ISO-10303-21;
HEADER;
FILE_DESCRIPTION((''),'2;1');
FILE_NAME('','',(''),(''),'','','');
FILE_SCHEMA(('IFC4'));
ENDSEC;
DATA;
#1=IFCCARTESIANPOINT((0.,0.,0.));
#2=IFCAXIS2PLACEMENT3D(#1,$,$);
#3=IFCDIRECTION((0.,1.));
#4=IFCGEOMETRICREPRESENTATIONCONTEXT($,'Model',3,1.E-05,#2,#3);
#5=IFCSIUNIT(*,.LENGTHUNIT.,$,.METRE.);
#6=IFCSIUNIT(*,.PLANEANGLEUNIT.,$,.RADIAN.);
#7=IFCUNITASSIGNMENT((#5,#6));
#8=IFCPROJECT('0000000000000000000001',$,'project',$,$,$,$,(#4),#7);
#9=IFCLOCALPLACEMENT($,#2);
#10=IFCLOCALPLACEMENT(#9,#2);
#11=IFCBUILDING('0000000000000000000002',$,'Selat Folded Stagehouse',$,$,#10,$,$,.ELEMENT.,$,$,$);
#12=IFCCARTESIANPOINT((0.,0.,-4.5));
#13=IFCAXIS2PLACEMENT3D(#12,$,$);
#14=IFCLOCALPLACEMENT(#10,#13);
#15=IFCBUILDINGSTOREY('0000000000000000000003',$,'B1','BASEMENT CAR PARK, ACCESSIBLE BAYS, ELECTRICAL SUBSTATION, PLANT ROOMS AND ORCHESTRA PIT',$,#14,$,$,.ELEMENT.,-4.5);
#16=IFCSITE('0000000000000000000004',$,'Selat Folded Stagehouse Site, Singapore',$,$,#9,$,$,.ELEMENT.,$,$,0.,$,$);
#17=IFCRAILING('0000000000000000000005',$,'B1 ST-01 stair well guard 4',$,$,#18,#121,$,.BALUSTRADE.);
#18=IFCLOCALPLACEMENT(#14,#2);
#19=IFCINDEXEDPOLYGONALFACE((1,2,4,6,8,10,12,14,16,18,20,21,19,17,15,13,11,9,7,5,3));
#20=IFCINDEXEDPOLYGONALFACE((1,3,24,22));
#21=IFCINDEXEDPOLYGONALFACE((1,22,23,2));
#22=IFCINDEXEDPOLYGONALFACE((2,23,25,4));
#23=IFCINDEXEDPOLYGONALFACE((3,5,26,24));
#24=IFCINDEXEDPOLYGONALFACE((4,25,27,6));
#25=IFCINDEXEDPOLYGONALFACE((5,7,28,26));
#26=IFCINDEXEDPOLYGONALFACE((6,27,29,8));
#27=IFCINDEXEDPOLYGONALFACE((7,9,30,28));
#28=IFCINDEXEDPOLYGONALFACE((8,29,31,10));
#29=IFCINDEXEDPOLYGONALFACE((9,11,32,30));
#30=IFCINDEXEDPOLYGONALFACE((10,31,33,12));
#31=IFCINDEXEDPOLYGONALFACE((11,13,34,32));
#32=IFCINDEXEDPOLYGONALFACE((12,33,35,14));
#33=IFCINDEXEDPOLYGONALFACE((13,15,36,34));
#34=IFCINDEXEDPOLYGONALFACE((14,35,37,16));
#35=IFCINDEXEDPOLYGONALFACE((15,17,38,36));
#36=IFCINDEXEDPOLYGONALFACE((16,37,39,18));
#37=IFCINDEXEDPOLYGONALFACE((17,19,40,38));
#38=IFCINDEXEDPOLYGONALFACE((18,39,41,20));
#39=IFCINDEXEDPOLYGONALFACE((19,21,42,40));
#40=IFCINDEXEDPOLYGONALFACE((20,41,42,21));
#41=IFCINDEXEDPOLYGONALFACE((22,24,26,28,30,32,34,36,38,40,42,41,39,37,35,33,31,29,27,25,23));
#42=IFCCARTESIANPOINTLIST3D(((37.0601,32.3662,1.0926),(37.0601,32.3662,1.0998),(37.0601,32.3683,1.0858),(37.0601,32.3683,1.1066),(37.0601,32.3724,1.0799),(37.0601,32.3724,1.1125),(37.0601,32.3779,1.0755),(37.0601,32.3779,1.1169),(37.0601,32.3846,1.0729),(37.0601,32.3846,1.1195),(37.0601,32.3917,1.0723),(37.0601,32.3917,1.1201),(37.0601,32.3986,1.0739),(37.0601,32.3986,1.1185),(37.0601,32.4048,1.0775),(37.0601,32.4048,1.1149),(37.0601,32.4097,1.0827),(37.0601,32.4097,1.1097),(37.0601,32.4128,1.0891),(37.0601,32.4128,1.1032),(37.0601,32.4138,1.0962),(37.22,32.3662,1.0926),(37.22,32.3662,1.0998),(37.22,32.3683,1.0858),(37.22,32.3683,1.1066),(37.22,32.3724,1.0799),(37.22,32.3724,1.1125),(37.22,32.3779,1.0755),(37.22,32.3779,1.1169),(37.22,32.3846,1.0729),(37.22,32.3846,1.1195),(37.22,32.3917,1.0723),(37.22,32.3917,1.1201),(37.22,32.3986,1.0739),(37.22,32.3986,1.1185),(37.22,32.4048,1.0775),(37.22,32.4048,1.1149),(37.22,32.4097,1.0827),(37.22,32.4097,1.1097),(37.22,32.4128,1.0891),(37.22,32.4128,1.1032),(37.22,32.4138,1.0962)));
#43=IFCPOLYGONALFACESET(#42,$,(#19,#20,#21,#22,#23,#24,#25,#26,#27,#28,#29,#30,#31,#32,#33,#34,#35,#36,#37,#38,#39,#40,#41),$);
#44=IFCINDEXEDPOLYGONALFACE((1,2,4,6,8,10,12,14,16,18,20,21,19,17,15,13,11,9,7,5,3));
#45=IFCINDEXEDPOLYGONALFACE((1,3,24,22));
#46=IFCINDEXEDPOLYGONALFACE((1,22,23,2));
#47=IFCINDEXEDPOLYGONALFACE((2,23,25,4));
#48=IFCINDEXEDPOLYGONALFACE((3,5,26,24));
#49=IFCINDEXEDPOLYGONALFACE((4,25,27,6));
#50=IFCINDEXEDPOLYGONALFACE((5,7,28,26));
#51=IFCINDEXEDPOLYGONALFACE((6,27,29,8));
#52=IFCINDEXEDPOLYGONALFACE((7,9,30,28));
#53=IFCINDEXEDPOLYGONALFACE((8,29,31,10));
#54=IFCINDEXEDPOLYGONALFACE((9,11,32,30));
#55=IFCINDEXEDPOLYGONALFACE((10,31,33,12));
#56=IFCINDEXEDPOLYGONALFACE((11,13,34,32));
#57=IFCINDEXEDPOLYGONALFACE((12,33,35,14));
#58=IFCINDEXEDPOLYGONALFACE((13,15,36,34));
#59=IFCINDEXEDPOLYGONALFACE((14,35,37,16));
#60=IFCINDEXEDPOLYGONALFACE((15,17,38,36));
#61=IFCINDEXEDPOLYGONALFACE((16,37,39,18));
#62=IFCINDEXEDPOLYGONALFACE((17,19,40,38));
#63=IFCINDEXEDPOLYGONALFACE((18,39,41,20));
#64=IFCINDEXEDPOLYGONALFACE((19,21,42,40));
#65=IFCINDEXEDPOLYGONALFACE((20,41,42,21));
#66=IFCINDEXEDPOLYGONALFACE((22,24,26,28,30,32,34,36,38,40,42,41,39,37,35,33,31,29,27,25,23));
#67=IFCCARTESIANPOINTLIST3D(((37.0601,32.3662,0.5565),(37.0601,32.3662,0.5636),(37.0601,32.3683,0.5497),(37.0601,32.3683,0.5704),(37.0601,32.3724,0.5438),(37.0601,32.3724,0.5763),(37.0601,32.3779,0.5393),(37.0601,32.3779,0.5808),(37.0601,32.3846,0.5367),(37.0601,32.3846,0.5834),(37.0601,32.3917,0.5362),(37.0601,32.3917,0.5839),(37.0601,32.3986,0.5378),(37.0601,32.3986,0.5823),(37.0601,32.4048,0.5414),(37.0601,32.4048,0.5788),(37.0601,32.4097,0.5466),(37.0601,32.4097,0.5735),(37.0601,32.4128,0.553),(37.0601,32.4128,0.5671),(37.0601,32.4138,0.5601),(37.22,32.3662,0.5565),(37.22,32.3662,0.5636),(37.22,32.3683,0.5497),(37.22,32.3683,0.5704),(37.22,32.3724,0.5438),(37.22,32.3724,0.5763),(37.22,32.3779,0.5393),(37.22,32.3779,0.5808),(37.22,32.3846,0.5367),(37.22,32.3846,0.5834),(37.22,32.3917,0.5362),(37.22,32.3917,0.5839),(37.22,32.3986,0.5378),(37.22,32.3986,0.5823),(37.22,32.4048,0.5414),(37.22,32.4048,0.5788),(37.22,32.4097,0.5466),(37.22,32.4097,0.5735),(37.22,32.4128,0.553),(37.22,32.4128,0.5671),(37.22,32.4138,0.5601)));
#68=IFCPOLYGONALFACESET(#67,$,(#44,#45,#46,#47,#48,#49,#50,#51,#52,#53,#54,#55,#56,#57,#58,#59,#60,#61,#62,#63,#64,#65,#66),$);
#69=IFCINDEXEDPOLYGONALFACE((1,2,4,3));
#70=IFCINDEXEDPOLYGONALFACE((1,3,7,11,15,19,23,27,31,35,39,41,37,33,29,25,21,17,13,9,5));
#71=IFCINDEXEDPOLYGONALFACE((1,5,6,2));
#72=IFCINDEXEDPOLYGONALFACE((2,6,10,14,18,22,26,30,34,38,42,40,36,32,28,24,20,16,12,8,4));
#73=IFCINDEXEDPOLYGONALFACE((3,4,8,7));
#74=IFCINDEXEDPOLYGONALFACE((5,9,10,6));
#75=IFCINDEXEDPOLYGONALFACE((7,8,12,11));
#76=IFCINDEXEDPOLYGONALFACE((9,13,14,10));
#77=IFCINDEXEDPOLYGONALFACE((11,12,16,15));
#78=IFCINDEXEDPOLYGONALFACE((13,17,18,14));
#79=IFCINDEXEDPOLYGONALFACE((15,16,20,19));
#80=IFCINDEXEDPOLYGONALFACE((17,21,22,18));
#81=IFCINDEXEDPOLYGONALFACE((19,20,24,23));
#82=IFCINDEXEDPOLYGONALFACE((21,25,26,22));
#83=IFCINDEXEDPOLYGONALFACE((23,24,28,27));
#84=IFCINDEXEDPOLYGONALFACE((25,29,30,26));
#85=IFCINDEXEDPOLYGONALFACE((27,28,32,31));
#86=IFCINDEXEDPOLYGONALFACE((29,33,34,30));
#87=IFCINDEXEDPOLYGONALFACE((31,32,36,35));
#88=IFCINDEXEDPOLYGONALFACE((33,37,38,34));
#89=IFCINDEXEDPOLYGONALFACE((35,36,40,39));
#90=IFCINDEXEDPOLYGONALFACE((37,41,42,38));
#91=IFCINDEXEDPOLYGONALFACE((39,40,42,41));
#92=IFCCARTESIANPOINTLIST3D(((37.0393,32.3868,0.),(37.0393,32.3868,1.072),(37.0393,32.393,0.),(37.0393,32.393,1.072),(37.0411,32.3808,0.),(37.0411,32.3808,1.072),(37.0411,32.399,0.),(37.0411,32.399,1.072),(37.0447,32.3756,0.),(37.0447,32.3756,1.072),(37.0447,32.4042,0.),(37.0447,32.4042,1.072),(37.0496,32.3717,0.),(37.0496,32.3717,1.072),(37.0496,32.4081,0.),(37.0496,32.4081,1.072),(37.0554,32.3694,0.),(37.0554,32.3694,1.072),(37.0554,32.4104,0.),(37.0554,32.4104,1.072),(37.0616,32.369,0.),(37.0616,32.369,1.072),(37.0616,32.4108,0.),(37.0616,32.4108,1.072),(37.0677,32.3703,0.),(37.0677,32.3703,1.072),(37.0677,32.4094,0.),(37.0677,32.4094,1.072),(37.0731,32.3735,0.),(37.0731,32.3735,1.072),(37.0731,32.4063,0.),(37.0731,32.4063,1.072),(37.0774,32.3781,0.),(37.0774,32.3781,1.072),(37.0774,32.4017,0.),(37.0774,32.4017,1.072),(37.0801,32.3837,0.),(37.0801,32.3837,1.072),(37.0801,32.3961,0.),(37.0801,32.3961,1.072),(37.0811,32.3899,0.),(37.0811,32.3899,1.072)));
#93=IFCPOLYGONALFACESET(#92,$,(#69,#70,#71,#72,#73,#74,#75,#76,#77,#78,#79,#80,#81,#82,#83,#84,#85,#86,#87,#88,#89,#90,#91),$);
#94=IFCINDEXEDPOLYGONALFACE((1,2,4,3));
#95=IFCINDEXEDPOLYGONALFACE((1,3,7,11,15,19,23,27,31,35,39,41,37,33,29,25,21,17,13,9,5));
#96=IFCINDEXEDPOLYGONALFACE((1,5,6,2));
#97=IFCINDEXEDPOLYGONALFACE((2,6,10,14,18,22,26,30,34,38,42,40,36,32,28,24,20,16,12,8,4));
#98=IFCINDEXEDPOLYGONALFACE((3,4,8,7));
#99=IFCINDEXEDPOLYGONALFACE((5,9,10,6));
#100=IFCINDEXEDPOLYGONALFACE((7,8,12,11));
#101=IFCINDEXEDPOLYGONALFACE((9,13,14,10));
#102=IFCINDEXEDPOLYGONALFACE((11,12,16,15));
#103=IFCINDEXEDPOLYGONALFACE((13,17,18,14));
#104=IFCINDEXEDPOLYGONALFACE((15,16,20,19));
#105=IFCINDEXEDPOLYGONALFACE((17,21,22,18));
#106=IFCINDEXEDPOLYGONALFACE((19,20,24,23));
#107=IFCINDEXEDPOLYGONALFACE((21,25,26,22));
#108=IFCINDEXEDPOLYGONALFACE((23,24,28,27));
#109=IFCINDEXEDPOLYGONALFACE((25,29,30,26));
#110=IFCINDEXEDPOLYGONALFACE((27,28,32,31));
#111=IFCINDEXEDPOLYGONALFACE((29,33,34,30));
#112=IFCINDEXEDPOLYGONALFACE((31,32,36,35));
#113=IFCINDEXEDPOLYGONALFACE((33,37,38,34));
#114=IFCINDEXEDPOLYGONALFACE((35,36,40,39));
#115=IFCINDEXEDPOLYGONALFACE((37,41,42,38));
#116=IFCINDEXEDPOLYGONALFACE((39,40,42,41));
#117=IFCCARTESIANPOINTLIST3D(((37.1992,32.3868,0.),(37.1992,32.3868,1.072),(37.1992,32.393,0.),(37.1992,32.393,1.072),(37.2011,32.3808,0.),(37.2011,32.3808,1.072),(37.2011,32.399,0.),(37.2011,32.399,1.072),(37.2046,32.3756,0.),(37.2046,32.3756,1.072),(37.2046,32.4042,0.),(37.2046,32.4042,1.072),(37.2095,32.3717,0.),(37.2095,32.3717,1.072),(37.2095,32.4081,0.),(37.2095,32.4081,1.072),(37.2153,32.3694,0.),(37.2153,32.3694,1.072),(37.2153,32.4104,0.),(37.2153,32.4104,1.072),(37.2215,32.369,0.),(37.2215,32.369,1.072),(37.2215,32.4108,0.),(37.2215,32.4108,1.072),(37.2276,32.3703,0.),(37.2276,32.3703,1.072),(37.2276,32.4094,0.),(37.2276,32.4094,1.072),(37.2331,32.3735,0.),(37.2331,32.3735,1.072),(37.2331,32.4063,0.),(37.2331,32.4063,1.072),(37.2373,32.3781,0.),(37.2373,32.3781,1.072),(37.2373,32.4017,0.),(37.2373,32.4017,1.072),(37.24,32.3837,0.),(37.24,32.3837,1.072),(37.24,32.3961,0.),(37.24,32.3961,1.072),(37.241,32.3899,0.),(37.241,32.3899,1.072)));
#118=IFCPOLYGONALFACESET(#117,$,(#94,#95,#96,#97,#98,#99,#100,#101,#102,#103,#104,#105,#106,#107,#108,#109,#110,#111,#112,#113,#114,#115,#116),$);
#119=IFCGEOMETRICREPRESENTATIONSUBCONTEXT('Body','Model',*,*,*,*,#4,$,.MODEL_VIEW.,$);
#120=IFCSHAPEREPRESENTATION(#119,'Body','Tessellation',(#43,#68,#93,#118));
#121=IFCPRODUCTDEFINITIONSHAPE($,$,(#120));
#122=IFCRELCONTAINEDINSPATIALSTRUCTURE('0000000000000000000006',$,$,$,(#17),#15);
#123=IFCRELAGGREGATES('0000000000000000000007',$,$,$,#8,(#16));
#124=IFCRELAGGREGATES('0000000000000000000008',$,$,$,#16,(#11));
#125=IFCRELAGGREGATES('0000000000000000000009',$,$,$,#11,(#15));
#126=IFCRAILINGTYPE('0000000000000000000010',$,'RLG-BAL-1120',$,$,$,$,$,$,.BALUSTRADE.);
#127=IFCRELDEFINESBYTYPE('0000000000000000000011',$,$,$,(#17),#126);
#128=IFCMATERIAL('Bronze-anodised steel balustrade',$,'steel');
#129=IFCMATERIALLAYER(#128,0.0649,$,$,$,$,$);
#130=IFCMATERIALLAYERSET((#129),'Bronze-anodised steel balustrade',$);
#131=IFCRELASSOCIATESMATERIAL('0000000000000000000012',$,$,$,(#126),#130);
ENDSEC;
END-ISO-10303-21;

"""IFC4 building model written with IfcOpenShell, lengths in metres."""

from ifc_helpers import new_model, si_unit, direction, frame, origin, origin_2d, place, context, subcontext, project, spatial, circle, extrude, material, layer, layer_set, type_object, element, save


model = new_model("IFC4")

# Units and contexts
model_context = context("Model", 3, precision=1e-05, world=origin(), true_north=direction((0.0, 1.0)))
body_context = subcontext(model_context, "Body", "Model", "MODEL_VIEW")
ifc_project = project(units=[si_unit("LENGTHUNIT", "METRE"), si_unit("PLANEANGLEUNIT", "RADIAN")], contexts=[model_context])

# Site, building, storey
site_placement = place(None, origin())
site = spatial("IfcSite", under=ifc_project, at=site_placement, Name="Selat Folded Stagehouse Site, Singapore", CompositionType="ELEMENT", RefElevation=0.0)
building_placement = place(site_placement, origin())
building = spatial("IfcBuilding", under=site, at=building_placement, Name="Selat Folded Stagehouse", CompositionType="ELEMENT")
storey_placement = place(building_placement, frame((0.0, 0.0, -4.5)))
storey = spatial("IfcBuildingStorey", under=building, at=storey_placement, Name="B1", Description="BASEMENT CAR PARK, ACCESSIBLE BAYS, ELECTRICAL SUBSTATION, PLANT ROOMS AND ORCHESTRA PIT", CompositionType="ELEMENT", Elevation=-4.5)

# Railing
ifc_material_1 = material(Name="Bronze-anodised steel balustrade", Category="steel")
ifc_layer_1 = layer(ifc_material_1, 0.0649)
ifc_layer_set_1 = layer_set([ifc_layer_1], Name="Bronze-anodised steel balustrade")
railing_type_1 = type_object("IfcRailingType", Name="RLG-BAL-1120", PredefinedType="BALUSTRADE", material=ifc_layer_set_1)
railing_1_placement = place(storey_placement, frame((37.0601, 32.3899, 0.0)))
element("IfcRailing", 1, at=railing_1_placement, inside=storey, type_object=railing_type_1, Name="B1 ST-01 stair well guard 4", PredefinedType="BALUSTRADE", context=body_context, shape_type="SweptSolid", body=[
    extrude(circle(Radius=0.0239, at=origin_2d()), frame((0.0, 0.0, 1.0962), z_axis=(1.0, 0.0, 0.0), x_axis=(0.0, 1.0, 0.0)), (0.0, 0.0, 1.0), 0.1599),
    extrude(circle(Radius=0.0239, at=origin_2d()), frame((0.0, 0.0, 0.5601), z_axis=(1.0, 0.0, 0.0), x_axis=(0.0, 1.0, 0.0)), (0.0, 0.0, 1.0), 0.1599),
    extrude(circle(Radius=0.021, at=origin_2d()), origin(), (0.0, 0.0, 1.0), 1.072),
    extrude(circle(Radius=0.021, at=origin_2d()), frame((0.1599, 0.0, 0.0)), (0.0, 0.0, 1.0), 1.072),
])

save(model, "model.ifc")
